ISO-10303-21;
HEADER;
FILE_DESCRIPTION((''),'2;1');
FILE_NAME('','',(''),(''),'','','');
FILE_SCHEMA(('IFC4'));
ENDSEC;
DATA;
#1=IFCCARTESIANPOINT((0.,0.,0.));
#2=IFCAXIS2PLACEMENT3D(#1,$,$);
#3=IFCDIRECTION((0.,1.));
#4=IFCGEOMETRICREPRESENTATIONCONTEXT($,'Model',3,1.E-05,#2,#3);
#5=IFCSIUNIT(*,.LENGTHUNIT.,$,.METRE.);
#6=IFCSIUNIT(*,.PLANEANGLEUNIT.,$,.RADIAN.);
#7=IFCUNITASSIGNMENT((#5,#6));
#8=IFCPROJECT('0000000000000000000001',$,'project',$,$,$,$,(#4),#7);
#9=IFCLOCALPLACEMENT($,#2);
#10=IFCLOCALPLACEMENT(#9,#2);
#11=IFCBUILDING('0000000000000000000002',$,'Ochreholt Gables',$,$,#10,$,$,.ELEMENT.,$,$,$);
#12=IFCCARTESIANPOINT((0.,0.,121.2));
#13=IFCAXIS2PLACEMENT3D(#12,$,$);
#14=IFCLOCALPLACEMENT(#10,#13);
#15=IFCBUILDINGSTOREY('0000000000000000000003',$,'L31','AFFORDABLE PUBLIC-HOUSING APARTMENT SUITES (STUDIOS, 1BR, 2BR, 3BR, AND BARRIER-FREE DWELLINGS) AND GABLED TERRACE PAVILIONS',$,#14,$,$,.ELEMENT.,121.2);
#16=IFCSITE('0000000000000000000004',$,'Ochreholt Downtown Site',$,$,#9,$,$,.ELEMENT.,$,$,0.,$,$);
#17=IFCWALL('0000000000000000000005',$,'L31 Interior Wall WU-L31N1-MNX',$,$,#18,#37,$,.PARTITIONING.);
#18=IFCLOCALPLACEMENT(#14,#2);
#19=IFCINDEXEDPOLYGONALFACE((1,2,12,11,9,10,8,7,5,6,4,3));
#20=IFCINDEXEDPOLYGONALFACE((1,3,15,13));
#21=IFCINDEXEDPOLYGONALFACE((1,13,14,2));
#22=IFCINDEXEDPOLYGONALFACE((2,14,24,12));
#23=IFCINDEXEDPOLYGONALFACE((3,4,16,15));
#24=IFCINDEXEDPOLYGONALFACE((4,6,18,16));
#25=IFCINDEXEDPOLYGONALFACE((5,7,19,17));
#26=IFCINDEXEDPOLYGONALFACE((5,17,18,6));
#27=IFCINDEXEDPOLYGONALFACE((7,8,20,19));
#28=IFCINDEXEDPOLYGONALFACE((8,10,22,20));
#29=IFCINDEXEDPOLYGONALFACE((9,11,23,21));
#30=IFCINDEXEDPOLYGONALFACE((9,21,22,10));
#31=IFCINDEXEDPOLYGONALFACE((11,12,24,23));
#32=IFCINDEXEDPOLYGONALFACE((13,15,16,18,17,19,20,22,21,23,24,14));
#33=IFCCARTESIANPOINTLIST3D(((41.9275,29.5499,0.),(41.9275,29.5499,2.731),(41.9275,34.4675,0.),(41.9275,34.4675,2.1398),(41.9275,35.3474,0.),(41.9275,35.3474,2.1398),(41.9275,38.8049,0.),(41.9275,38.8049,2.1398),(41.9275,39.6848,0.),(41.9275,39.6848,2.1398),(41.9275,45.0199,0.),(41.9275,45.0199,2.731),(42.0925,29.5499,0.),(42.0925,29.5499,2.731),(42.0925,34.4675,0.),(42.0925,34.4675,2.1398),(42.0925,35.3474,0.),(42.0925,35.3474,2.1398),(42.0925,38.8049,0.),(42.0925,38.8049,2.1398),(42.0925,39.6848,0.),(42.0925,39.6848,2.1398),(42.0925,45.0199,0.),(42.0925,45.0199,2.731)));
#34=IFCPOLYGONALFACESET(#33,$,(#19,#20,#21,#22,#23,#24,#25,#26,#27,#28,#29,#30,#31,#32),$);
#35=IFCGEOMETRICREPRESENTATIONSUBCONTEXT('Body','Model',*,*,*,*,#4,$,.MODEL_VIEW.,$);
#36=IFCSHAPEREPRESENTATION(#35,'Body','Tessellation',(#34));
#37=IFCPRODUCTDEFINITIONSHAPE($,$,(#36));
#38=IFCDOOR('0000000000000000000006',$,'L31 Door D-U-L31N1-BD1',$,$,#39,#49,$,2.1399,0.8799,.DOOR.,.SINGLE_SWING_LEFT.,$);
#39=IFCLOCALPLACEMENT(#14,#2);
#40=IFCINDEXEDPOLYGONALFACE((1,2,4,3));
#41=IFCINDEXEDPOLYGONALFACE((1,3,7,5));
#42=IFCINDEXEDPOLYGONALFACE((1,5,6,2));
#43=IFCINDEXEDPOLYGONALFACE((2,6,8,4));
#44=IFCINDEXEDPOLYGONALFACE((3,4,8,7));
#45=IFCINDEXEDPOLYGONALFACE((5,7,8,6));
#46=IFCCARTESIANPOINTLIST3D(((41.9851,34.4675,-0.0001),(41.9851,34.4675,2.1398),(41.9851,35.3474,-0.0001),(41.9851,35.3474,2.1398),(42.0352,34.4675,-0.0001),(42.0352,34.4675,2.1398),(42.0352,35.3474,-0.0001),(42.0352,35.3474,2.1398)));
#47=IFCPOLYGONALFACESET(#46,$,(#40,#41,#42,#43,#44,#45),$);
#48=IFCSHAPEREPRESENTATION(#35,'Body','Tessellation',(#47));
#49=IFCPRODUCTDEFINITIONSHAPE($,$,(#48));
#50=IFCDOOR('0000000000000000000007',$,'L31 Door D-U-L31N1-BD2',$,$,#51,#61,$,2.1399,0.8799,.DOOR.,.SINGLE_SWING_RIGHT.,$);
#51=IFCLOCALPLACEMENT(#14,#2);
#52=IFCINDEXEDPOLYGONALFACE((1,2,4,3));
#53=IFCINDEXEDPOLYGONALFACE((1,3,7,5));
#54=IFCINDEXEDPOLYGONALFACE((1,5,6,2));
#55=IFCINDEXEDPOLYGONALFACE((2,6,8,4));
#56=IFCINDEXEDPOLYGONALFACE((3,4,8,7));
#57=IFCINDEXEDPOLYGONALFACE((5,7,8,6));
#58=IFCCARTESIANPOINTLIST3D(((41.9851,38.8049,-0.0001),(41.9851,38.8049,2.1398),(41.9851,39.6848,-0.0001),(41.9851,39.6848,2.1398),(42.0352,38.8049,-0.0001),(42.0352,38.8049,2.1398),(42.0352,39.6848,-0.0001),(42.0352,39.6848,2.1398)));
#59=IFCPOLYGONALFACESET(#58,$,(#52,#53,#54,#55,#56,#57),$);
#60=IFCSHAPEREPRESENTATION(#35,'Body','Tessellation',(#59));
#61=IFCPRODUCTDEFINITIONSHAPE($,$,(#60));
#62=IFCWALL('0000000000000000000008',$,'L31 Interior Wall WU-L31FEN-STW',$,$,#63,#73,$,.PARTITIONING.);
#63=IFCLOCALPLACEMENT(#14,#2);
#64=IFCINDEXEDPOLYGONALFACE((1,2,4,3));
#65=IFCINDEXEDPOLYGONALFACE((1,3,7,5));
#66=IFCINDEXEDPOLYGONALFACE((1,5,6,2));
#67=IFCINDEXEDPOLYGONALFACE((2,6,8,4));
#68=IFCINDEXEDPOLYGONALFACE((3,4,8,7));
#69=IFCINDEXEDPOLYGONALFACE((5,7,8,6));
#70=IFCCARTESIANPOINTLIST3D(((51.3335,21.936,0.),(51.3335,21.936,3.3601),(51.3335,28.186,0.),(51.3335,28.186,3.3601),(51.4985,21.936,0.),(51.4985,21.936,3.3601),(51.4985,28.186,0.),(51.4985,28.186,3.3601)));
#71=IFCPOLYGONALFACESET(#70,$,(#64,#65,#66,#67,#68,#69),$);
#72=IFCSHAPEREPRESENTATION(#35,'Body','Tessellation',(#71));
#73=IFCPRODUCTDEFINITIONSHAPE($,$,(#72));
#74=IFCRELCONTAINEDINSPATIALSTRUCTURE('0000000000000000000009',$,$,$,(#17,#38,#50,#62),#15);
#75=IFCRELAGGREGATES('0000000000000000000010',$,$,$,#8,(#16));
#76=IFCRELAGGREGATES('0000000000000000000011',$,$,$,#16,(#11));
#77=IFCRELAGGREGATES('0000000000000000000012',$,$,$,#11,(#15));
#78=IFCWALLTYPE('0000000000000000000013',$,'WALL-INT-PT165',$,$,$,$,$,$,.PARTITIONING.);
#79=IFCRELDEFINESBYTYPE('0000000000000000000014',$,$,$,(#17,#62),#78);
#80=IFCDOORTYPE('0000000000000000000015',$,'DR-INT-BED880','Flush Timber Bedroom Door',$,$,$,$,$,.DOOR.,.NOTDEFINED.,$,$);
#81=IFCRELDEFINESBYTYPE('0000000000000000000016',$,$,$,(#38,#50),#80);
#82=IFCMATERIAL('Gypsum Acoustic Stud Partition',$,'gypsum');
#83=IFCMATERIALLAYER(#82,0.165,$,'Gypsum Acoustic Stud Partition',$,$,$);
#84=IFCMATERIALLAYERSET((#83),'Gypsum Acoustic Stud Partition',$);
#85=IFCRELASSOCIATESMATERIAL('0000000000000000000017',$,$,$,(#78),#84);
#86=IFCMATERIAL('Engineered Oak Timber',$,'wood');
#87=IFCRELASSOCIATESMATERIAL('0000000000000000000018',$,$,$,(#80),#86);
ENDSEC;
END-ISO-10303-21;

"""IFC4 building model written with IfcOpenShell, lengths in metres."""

from ifc_helpers import new_model, si_unit, direction, frame, frame_2d, origin, place, context, subcontext, project, spatial, rectangle, extrude, material, layer, layer_set, type_object, element, fill, save


model = new_model("IFC4")

# Units and contexts
model_context = context("Model", 3, precision=1e-05, world=origin(), true_north=direction((0.0, 1.0)))
body_context = subcontext(model_context, "Body", "Model", "MODEL_VIEW")
ifc_project = project(units=[si_unit("LENGTHUNIT", "METRE"), si_unit("PLANEANGLEUNIT", "RADIAN")], contexts=[model_context])

# Site, building, storey
site_placement = place(None, origin())
site = spatial("IfcSite", under=ifc_project, at=site_placement, Name="Ochreholt Downtown Site", CompositionType="ELEMENT", RefElevation=0.0)
building_placement = place(site_placement, origin())
building = spatial("IfcBuilding", under=site, at=building_placement, Name="Ochreholt Gables", CompositionType="ELEMENT")
storey_placement = place(building_placement, frame((0.0, 0.0, 121.2)))
storey = spatial("IfcBuildingStorey", under=building, at=storey_placement, Name="L31", Description="AFFORDABLE PUBLIC-HOUSING APARTMENT SUITES (STUDIOS, 1BR, 2BR, 3BR, AND BARRIER-FREE DWELLINGS) AND GABLED TERRACE PAVILIONS", CompositionType="ELEMENT", Elevation=121.2)

# Shared definitions
ifc_material_1 = material(Name="Engineered Oak Timber", Category="wood")

# Wall, openings, doors
ifc_material_2 = material(Name="Gypsum Acoustic Stud Partition", Category="gypsum")
ifc_layer_1 = layer(ifc_material_2, 0.165, Name="Gypsum Acoustic Stud Partition")
ifc_layer_set_1 = layer_set([ifc_layer_1], Name="Gypsum Acoustic Stud Partition")
wall_type_1 = type_object("IfcWallType", Name="WALL-INT-PT165", PredefinedType="PARTITIONING", material=ifc_layer_set_1)
wall_1_placement = place(storey_placement, frame((42.01, 29.55, 0.0), z_axis=(0.0, 0.0, 1.0), x_axis=(0.0, 1.0, 0.0)))
wall_1 = element("IfcWall", 1, at=wall_1_placement, inside=storey, type_object=wall_type_1, Name="L31 Interior Wall WU-L31N1-MNX", PredefinedType="PARTITIONING", context=body_context, shape_type="SweptSolid", body=[
    extrude(rectangle(XDim=15.47, YDim=0.165, at=frame_2d((7.7349, 0.0))), origin(), (0.0, 0.0, 1.0), 2.731),
])
opening_1_placement = place(wall_1_placement, frame((4.9175, 0.0, 0.0)))
opening_1 = element("IfcOpeningElement", 2, at=opening_1_placement, cuts=wall_1, PredefinedType="OPENING", context=body_context, shape_type="SweptSolid", body=[
    extrude(rectangle(XDim=0.8799, YDim=2.1399, at=frame_2d((0.4399, 1.0698))), frame((0.0, 0.0925, 0.0), z_axis=(0.0, -1.0, 0.0), x_axis=(1.0, 0.0, 0.0)), (0.0, 0.0, 1.0), 0.1851),
])
opening_2_placement = place(wall_1_placement, frame((9.2549, 0.0, 0.0)))
opening_2 = element("IfcOpeningElement", 3, at=opening_2_placement, cuts=wall_1, PredefinedType="OPENING", context=body_context, shape_type="SweptSolid", body=[
    extrude(rectangle(XDim=0.8799, YDim=2.1399, at=frame_2d((0.4399, 1.0698))), frame((0.0, 0.0925, 0.0), z_axis=(0.0, -1.0, 0.0), x_axis=(1.0, 0.0, 0.0)), (0.0, 0.0, 1.0), 0.1851),
])
door_type_1 = type_object("IfcDoorType", Name="DR-INT-BED880", Description="Flush Timber Bedroom Door", OperationType="NOTDEFINED", PredefinedType="DOOR", material=ifc_material_1)
door_1_placement = place(opening_1_placement, origin())
door_1 = element("IfcDoor", 4, at=door_1_placement, inside=storey, type_object=door_type_1, Name="L31 Door D-U-L31N1-BD1", OperationType="SINGLE_SWING_LEFT", OverallHeight=2.1399, OverallWidth=0.8799, PredefinedType="DOOR", context=body_context, shape_type="SweptSolid", body=[
    extrude(rectangle(XDim=0.8799, YDim=2.1399, at=frame_2d((0.4399, 1.0698))), frame((0.0, 0.0249, 0.0), z_axis=(0.0, -1.0, 0.0), x_axis=(1.0, 0.0, 0.0)), (0.0, 0.0, 1.0), 0.05),
])
fill(opening_1, door_1)
door_2_placement = place(opening_2_placement, origin())
door_2 = element("IfcDoor", 5, at=door_2_placement, inside=storey, type_object=door_type_1, Name="L31 Door D-U-L31N1-BD2", OperationType="SINGLE_SWING_RIGHT", OverallHeight=2.1399, OverallWidth=0.8799, PredefinedType="DOOR", context=body_context, shape_type="SweptSolid", body=[
    extrude(rectangle(XDim=0.8799, YDim=2.1399, at=frame_2d((0.4399, 1.0698))), frame((0.0, 0.0249, 0.0), z_axis=(0.0, -1.0, 0.0), x_axis=(1.0, 0.0, 0.0)), (0.0, 0.0, 1.0), 0.05),
])
fill(opening_2, door_2)

# Wall
wall_2_placement = place(storey_placement, frame((51.416, 21.936, 0.0), z_axis=(0.0, 0.0, 1.0), x_axis=(0.0, 1.0, 0.0)))
element("IfcWall", 6, at=wall_2_placement, inside=storey, type_object=wall_type_1, Name="L31 Interior Wall WU-L31FEN-STW", PredefinedType="PARTITIONING", context=body_context, shape_type="SweptSolid", body=[
    extrude(rectangle(XDim=6.25, YDim=0.165, at=frame_2d((3.125, 0.0))), origin(), (0.0, 0.0, 1.0), 3.3601),
])

save(model, "model.ifc")
